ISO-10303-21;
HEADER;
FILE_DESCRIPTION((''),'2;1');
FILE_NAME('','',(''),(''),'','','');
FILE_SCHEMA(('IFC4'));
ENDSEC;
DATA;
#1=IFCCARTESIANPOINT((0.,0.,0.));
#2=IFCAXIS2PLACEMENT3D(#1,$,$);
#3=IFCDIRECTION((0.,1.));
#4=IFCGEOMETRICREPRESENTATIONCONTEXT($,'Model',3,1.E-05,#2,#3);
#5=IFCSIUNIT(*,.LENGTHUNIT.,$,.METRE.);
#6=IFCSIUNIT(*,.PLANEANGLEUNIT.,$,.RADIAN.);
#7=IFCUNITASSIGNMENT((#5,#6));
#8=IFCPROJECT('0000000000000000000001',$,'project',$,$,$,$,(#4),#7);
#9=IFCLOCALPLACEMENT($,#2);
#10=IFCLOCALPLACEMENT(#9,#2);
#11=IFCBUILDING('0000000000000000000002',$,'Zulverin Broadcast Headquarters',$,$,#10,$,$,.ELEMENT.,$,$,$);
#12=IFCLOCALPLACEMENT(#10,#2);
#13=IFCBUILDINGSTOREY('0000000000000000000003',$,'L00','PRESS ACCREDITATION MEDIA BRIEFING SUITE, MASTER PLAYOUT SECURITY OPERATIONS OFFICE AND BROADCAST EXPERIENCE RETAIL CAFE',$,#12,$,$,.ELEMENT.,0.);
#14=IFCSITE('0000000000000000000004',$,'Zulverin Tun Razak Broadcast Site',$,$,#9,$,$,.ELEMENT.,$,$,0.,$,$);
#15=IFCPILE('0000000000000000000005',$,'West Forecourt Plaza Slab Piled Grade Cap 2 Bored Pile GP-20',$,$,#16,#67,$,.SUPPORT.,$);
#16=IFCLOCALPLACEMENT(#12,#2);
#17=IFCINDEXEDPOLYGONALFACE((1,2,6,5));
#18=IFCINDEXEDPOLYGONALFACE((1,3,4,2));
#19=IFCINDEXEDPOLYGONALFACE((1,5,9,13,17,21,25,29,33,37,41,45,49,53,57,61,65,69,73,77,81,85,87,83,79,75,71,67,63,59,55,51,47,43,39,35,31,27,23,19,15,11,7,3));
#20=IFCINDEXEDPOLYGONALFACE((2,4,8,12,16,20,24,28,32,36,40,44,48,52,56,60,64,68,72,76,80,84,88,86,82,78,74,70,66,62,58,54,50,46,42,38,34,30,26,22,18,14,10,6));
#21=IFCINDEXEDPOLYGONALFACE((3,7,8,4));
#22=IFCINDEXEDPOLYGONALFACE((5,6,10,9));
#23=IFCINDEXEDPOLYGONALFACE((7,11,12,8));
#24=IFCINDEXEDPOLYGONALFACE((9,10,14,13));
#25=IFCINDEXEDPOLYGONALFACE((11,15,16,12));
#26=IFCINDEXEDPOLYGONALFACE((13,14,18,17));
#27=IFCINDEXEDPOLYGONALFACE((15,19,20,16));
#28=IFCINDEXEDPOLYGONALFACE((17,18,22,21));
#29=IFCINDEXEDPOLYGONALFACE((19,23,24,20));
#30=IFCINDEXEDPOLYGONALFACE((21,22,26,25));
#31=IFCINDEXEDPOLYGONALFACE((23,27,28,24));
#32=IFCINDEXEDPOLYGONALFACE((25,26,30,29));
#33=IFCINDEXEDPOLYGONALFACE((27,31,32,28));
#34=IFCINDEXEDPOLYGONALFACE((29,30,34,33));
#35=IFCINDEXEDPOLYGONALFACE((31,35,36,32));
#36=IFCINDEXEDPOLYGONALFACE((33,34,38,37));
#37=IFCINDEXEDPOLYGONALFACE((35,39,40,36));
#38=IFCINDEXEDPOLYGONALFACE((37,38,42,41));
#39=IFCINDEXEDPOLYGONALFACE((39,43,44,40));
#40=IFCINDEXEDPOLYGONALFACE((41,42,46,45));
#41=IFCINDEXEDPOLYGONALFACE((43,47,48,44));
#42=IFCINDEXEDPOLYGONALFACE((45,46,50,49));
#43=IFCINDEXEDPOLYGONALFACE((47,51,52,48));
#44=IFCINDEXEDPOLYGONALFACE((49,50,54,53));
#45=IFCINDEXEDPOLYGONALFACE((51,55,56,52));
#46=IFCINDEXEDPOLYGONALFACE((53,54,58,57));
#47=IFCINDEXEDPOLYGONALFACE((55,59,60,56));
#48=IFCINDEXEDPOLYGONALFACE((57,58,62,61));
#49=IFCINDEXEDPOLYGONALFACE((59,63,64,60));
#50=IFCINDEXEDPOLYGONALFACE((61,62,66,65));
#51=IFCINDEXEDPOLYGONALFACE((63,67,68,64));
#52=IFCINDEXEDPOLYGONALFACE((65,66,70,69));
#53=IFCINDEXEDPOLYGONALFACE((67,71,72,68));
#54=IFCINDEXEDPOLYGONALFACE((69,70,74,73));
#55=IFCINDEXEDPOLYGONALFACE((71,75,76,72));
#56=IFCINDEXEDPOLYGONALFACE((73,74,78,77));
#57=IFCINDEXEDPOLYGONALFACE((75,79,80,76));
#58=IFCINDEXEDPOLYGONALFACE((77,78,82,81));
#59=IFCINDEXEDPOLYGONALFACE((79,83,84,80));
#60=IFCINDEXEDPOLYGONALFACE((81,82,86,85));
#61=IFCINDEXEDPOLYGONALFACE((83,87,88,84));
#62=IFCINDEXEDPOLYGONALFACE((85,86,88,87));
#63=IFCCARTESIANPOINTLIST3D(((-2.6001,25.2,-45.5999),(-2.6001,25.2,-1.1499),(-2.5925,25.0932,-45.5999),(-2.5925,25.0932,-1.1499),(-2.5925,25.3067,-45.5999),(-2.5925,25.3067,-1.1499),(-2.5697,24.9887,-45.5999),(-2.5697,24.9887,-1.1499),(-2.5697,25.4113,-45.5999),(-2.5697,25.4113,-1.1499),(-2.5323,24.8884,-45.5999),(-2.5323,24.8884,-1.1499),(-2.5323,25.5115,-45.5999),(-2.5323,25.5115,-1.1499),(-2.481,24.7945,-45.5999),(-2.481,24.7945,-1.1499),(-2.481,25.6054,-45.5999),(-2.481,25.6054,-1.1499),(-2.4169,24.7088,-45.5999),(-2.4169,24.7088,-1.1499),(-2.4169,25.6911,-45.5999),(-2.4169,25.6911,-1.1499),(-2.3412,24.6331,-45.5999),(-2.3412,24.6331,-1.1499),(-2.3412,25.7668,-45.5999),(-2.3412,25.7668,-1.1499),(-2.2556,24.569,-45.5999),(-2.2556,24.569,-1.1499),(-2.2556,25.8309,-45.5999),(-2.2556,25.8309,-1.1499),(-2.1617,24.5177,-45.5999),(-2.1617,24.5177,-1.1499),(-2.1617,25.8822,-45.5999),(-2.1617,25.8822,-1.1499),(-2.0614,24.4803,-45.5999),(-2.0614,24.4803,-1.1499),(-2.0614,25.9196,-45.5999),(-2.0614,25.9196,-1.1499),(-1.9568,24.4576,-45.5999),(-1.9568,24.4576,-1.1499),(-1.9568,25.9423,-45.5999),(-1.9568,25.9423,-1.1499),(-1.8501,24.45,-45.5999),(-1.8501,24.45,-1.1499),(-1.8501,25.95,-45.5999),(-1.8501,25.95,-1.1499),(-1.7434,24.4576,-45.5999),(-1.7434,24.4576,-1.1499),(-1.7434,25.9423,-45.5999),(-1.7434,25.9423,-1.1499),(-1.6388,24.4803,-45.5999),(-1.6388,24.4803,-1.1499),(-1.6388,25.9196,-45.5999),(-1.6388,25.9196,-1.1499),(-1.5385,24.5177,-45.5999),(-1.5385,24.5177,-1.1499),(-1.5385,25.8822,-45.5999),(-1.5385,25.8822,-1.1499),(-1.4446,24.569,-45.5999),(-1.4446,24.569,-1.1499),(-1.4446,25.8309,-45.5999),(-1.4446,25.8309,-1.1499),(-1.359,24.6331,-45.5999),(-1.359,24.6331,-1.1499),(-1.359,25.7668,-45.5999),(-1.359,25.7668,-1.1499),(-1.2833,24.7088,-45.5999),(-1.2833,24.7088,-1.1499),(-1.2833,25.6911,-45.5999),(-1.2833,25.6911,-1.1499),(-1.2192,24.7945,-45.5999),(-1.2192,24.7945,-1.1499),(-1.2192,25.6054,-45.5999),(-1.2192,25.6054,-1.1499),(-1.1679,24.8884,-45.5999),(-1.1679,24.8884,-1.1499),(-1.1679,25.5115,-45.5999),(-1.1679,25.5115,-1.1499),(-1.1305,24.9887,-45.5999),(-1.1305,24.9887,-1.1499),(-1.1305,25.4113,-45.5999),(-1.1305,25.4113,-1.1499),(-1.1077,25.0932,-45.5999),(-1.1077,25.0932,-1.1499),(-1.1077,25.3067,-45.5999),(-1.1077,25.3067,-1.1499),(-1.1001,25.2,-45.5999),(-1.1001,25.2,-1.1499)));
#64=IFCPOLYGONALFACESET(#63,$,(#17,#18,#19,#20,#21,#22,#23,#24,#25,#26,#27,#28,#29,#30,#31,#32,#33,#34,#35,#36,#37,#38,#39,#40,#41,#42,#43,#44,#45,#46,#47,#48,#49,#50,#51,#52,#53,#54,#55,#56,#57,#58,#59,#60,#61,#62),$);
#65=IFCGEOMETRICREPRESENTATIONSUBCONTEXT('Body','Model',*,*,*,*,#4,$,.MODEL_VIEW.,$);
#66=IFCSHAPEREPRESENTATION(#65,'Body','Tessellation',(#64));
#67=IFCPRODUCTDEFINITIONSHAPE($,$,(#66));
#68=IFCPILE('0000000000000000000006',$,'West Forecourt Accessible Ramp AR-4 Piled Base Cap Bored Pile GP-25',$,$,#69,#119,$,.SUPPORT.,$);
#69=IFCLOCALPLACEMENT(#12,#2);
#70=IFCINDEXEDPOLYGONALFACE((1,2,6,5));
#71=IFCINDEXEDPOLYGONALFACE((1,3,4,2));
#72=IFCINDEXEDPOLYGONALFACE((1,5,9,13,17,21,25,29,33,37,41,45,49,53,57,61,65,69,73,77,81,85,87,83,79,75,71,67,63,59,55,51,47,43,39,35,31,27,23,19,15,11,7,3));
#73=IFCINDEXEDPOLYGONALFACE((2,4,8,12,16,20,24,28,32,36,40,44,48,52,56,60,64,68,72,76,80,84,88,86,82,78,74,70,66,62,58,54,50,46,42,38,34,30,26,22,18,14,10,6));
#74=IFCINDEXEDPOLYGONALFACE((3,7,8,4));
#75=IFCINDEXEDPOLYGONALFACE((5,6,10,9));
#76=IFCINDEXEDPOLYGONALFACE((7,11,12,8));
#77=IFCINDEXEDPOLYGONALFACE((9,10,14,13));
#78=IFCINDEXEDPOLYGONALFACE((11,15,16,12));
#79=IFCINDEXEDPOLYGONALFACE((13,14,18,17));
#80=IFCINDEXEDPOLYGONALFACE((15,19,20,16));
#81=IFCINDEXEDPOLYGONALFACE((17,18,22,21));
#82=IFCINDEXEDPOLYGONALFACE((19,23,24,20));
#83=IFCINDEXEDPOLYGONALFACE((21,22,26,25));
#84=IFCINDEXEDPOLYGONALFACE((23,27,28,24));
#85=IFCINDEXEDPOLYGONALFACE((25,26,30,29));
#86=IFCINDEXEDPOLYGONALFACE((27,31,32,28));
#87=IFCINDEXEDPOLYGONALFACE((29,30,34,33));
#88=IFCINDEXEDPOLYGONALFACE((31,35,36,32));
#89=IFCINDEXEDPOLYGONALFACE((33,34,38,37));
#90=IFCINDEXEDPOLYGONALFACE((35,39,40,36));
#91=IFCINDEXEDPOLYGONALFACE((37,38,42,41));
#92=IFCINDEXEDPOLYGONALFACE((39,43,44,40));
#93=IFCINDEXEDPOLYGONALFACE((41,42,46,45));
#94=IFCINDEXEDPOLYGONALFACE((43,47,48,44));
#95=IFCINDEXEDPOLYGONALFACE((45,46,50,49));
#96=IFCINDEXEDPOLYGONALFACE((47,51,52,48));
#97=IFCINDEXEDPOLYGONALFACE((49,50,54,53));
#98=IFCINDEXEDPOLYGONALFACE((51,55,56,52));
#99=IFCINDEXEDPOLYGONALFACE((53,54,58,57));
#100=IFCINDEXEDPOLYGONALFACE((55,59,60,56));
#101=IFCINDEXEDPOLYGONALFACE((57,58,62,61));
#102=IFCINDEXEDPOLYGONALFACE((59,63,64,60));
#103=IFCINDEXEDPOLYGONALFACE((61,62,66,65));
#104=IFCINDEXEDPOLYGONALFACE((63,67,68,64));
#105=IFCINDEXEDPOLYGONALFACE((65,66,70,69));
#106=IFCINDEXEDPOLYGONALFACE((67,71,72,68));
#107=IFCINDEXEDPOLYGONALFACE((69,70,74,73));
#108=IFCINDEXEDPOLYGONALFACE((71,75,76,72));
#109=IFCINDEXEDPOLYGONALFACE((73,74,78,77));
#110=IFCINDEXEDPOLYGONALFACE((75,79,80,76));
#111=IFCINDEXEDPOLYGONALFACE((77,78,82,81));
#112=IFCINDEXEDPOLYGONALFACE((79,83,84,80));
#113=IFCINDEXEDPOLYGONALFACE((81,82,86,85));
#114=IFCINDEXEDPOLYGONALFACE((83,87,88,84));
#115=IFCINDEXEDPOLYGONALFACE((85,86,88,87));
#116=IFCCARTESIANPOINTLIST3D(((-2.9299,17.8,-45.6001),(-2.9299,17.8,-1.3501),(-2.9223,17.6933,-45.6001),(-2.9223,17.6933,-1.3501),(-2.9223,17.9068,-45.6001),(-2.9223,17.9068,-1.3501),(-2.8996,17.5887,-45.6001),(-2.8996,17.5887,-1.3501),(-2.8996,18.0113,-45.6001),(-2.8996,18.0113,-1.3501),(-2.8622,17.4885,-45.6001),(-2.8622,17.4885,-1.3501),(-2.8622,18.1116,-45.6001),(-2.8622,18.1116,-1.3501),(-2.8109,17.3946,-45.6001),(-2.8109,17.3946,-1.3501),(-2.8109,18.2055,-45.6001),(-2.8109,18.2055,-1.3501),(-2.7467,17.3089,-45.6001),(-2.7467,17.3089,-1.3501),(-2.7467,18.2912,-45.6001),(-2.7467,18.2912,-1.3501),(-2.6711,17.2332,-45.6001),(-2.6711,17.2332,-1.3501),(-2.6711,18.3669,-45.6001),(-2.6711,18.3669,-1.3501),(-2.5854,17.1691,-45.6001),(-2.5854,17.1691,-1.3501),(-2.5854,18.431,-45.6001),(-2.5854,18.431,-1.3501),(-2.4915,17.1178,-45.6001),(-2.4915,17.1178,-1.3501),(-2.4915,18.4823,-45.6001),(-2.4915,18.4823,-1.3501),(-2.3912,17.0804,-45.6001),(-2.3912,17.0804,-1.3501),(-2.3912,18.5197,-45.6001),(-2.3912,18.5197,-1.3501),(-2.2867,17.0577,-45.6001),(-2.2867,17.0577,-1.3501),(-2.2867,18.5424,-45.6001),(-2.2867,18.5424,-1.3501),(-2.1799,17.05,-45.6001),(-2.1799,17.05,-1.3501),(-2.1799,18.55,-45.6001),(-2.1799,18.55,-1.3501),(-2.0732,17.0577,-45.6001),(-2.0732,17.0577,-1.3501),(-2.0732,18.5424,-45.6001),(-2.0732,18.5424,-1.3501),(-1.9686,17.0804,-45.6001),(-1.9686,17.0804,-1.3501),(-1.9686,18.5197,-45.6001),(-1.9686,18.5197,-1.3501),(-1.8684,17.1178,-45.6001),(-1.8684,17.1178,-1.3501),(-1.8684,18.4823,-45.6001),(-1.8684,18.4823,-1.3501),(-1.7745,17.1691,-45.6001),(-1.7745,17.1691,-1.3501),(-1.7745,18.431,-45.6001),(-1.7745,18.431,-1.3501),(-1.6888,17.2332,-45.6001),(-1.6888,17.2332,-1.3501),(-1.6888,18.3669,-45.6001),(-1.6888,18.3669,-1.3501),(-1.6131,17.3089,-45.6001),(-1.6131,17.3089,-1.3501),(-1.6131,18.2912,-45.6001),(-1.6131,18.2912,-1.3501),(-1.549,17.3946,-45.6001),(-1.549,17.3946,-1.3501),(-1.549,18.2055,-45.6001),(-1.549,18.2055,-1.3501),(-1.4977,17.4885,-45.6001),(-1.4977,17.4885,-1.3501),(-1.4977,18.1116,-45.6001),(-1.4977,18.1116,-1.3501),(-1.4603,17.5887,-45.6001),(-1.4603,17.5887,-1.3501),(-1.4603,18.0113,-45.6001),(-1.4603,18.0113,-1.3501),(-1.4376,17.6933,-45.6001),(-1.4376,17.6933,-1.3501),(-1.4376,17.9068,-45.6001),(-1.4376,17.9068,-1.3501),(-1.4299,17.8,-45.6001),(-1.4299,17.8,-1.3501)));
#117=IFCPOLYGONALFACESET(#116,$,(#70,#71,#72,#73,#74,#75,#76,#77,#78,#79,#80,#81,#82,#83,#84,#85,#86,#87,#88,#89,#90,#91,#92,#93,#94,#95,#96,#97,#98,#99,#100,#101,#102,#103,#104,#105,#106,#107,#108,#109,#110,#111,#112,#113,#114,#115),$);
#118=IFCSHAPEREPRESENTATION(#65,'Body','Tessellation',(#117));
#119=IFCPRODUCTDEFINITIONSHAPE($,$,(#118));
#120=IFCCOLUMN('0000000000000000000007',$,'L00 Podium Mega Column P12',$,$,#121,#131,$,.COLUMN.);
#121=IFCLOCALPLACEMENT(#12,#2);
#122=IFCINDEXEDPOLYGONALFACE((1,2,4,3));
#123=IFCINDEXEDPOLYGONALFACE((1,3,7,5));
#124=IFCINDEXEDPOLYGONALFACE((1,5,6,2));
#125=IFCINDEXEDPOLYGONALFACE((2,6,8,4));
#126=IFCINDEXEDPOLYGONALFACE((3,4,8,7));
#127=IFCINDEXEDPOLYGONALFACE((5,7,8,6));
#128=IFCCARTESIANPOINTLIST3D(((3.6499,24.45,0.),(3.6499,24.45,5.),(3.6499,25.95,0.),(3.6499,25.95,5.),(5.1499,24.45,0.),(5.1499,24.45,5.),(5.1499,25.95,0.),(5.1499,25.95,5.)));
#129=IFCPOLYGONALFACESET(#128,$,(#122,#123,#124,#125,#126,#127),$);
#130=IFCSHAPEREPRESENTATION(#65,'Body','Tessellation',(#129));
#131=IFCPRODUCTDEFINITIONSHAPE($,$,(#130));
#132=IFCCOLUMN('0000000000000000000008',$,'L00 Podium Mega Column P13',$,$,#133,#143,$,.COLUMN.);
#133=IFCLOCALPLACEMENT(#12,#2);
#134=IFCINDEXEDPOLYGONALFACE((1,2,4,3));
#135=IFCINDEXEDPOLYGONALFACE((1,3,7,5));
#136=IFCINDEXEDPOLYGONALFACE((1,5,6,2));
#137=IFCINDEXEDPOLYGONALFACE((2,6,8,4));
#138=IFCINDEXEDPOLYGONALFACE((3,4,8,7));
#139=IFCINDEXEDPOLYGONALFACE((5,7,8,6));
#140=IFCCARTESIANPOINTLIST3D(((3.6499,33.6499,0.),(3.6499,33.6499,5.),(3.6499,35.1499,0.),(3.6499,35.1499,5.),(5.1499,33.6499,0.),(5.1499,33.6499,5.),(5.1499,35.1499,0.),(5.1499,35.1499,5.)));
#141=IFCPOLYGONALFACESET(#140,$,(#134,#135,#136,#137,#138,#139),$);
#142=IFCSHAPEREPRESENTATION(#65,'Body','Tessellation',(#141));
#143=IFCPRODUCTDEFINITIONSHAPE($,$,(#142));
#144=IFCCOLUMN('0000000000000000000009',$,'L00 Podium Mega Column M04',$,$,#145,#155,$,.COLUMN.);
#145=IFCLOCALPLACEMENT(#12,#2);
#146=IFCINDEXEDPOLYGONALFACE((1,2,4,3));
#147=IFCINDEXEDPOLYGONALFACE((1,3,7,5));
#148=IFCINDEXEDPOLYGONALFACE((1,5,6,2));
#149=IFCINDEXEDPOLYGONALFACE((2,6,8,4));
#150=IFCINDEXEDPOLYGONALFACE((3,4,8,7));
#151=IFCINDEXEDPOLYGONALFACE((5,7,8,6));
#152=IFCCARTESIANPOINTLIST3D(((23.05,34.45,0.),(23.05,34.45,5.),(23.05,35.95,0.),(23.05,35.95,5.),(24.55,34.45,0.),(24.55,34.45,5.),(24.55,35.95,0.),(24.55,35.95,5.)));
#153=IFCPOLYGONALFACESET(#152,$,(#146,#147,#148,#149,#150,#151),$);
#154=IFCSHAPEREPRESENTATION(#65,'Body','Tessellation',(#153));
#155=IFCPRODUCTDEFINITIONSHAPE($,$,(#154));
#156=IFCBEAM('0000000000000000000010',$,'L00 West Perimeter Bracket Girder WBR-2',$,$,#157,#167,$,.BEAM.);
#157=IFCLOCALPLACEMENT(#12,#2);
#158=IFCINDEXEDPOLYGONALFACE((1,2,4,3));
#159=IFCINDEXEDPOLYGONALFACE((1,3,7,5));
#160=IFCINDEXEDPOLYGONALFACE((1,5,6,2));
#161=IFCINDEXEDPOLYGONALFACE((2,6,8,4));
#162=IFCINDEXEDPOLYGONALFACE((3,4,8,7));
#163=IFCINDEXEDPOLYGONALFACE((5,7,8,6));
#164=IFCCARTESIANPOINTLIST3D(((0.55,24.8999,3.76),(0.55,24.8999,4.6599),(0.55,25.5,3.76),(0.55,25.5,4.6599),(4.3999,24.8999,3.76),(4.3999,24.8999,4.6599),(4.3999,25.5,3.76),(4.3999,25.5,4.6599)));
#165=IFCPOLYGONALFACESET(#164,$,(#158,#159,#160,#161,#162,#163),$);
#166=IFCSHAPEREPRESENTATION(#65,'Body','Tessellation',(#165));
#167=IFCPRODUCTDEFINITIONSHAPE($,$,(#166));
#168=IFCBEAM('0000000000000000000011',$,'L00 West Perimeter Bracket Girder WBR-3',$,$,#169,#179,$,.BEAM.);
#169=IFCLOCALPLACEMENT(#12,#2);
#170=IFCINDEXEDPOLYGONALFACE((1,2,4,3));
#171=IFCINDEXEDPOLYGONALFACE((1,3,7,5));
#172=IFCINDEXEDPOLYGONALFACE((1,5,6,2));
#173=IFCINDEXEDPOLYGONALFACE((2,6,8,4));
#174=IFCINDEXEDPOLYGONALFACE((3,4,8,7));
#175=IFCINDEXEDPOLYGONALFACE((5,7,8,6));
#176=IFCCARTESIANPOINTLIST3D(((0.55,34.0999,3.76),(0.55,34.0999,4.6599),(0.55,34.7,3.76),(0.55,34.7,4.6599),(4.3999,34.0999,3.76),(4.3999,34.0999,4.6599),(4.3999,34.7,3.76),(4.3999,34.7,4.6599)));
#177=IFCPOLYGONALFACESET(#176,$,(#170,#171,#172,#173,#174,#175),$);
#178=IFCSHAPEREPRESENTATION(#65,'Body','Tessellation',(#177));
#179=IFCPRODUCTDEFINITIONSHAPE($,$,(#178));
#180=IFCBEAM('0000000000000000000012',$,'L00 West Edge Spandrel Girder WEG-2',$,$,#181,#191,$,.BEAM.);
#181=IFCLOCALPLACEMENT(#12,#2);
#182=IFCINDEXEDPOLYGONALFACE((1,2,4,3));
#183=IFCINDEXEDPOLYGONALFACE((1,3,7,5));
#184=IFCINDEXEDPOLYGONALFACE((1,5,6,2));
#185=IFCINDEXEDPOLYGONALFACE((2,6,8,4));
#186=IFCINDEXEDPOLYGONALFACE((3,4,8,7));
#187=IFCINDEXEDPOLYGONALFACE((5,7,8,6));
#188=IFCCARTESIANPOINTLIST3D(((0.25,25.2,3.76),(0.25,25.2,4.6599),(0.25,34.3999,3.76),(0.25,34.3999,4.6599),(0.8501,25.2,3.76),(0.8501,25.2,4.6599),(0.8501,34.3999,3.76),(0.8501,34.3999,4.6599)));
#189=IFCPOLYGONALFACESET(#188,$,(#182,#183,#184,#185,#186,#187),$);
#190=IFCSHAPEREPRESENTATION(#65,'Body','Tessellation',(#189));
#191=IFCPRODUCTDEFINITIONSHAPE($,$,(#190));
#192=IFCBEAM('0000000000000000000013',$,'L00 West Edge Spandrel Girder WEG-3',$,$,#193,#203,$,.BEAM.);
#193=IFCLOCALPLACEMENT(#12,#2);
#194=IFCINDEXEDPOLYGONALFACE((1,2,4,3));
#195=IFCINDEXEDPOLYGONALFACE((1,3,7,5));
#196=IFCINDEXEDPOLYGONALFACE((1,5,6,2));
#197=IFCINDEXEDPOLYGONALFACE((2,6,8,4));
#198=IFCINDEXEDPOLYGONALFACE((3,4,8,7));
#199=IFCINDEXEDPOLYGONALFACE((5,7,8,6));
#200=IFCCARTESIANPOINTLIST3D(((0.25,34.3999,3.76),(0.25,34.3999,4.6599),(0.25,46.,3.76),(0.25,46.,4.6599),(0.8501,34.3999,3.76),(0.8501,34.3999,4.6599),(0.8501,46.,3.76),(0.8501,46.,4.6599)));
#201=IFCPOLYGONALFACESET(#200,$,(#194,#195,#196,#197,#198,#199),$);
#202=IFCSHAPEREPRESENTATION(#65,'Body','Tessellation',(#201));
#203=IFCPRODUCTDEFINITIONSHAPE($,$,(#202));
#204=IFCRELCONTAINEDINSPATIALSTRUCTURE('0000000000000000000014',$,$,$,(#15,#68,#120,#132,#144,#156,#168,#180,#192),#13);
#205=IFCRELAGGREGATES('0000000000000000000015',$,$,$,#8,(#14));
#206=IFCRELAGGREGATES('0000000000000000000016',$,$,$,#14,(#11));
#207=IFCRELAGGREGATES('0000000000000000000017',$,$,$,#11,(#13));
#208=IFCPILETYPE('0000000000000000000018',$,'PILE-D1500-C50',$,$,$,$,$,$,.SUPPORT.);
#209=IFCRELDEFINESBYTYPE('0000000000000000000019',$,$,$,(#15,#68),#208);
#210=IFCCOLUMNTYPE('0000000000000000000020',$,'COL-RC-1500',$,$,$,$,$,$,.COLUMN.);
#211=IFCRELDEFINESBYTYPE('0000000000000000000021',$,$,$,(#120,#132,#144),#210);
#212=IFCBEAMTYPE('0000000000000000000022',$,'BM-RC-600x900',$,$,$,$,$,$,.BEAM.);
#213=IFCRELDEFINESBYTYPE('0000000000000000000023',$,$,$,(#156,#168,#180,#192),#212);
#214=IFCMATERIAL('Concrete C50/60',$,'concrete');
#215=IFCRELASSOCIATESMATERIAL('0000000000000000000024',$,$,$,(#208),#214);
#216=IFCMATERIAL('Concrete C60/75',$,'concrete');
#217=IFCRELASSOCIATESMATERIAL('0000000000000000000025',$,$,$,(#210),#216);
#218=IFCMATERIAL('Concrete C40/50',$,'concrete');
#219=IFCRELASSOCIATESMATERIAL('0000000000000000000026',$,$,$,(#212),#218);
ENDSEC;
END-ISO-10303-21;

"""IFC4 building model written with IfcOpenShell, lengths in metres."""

from ifc_helpers import new_model, si_unit, direction, frame, origin, origin_2d, place, context, subcontext, project, spatial, rectangle, circle, extrude, material, material_profile, profile_set, type_object, element, save


model = new_model("IFC4")

# Units and contexts
model_context = context("Model", 3, precision=1e-05, world=origin(), true_north=direction((0.0, 1.0)))
body_context = subcontext(model_context, "Body", "Model", "MODEL_VIEW")
ifc_project = project(units=[si_unit("LENGTHUNIT", "METRE"), si_unit("PLANEANGLEUNIT", "RADIAN")], contexts=[model_context])

# Site, building, storey
site_placement = place(None, origin())
site = spatial("IfcSite", under=ifc_project, at=site_placement, Name="Zulverin Tun Razak Broadcast Site", CompositionType="ELEMENT", RefElevation=0.0)
building_placement = place(site_placement, origin())
building = spatial("IfcBuilding", under=site, at=building_placement, Name="Zulverin Broadcast Headquarters", CompositionType="ELEMENT")
storey_placement = place(building_placement, origin())
storey = spatial("IfcBuildingStorey", under=building, at=storey_placement, Name="L00", Description="PRESS ACCREDITATION MEDIA BRIEFING SUITE, MASTER PLAYOUT SECURITY OPERATIONS OFFICE AND BROADCAST EXPERIENCE RETAIL CAFE", CompositionType="ELEMENT", Elevation=0.0)

# Piles
ifc_material_1 = material(Name="Concrete C50/60", Category="concrete")
ifc_material_profile_1 = material_profile(ifc_material_1, circle(Radius=0.75, at=origin_2d()), Name="Concrete C50/60", Category="concrete")
ifc_profile_set_1 = profile_set([ifc_material_profile_1], Name="Concrete C50/60")
pile_type = type_object("IfcPileType", Name="PILE-D1500-C50", PredefinedType="SUPPORT", material=ifc_profile_set_1)
pile_1_placement = place(storey_placement, frame((-1.8501, 25.2, -1.1499), z_axis=(0.0, 0.0, -1.0), x_axis=(1.0, 0.0, 0.0)))
element("IfcPile", 1, at=pile_1_placement, inside=storey, type_object=pile_type, Name="West Forecourt Plaza Slab Piled Grade Cap 2 Bored Pile GP-20", PredefinedType="SUPPORT", context=body_context, shape_type="SweptSolid", body=[
    extrude(circle(Radius=0.75, at=origin_2d()), origin(), (0.0, 0.0, 1.0), 44.45),
])
pile_2_placement = place(storey_placement, frame((-2.1799, 17.8, -1.3501), z_axis=(0.0, 0.0, -1.0), x_axis=(1.0, 0.0, 0.0)))
element("IfcPile", 2, at=pile_2_placement, inside=storey, type_object=pile_type, Name="West Forecourt Accessible Ramp AR-4 Piled Base Cap Bored Pile GP-25", PredefinedType="SUPPORT", context=body_context, shape_type="SweptSolid", body=[
    extrude(circle(Radius=0.75, at=origin_2d()), origin(), (0.0, 0.0, 1.0), 44.25),
])

# Columns
ifc_material_2 = material(Name="Concrete C60/75", Category="concrete")
ifc_material_profile_2 = material_profile(ifc_material_2, rectangle(XDim=1.5, YDim=1.5, at=origin_2d()), Name="Concrete C60/75", Category="concrete")
ifc_profile_set_2 = profile_set([ifc_material_profile_2], Name="Concrete C60/75")
column_type = type_object("IfcColumnType", Name="COL-RC-1500", PredefinedType="COLUMN", material=ifc_profile_set_2)
for number, where, z_axis, x_axis, name in (
    (3, (4.3999, 25.2, 0.0), (0.0, 0.0, 1.0), (1.0, 0.0, 0.0), "L00 Podium Mega Column P12"),
    (4, (4.3999, 34.3999, 0.0), (0.0, 0.0, 1.0), (1.0, 0.0, 0.0), "L00 Podium Mega Column P13"),
    (5, (23.8, 35.2, 0.0), (0.0, 0.0, 1.0), (1.0, 0.0, 0.0), "L00 Podium Mega Column M04"),
):
    element("IfcColumn", number, at=place(storey_placement, frame(where, z_axis=z_axis, x_axis=x_axis)), inside=storey, type_object=column_type, Name=name, PredefinedType="COLUMN", context=body_context, shape_type="SweptSolid", body=[
        extrude(rectangle(XDim=1.5, YDim=1.5, at=origin_2d()), origin(), (0.0, 0.0, 1.0), 5.0),
    ])

# Beams
ifc_material_3 = material(Name="Concrete C40/50", Category="concrete")
ifc_material_profile_3 = material_profile(ifc_material_3, rectangle(XDim=0.6001, YDim=0.8999, at=origin_2d()), Name="Concrete C40/50", Category="concrete")
ifc_profile_set_3 = profile_set([ifc_material_profile_3], Name="Concrete C40/50")
beam_type_1 = type_object("IfcBeamType", Name="BM-RC-600x900", PredefinedType="BEAM", material=ifc_profile_set_3)
for number, where, z_axis, x_axis, name in (
    (6, (4.3999, 25.2, 4.21), (-1.0, 0.0, 0.0), (0.0, -1.0, 0.0), "L00 West Perimeter Bracket Girder WBR-2"),
    (7, (4.3999, 34.3999, 4.21), (-1.0, 0.0, 0.0), (0.0, -1.0, 0.0), "L00 West Perimeter Bracket Girder WBR-3"),
):
    element("IfcBeam", number, at=place(storey_placement, frame(where, z_axis=z_axis, x_axis=x_axis)), inside=storey, type_object=beam_type_1, Name=name, PredefinedType="BEAM", context=body_context, shape_type="SweptSolid", body=[
        extrude(rectangle(XDim=0.6001, YDim=0.8999, at=origin_2d()), origin(), (0.0, 0.0, 1.0), 3.8499),
    ])
beam_1_placement = place(storey_placement, frame((0.55, 25.2, 4.21), z_axis=(0.0, 1.0, 0.0), x_axis=(-1.0, 0.0, 0.0)))
element("IfcBeam", 8, at=beam_1_placement, inside=storey, type_object=beam_type_1, Name="L00 West Edge Spandrel Girder WEG-2", PredefinedType="BEAM", context=body_context, shape_type="SweptSolid", body=[
    extrude(rectangle(XDim=0.6001, YDim=0.8999, at=origin_2d()), origin(), (0.0, 0.0, 1.0), 9.2),
])
beam_2_placement = place(storey_placement, frame((0.55, 34.3999, 4.21), z_axis=(0.0, 1.0, 0.0), x_axis=(-1.0, 0.0, 0.0)))
element("IfcBeam", 9, at=beam_2_placement, inside=storey, type_object=beam_type_1, Name="L00 West Edge Spandrel Girder WEG-3", PredefinedType="BEAM", context=body_context, shape_type="SweptSolid", body=[
    extrude(rectangle(XDim=0.6001, YDim=0.8999, at=origin_2d()), origin(), (0.0, 0.0, 1.0), 11.6001),
])

save(model, "model.ifc")
